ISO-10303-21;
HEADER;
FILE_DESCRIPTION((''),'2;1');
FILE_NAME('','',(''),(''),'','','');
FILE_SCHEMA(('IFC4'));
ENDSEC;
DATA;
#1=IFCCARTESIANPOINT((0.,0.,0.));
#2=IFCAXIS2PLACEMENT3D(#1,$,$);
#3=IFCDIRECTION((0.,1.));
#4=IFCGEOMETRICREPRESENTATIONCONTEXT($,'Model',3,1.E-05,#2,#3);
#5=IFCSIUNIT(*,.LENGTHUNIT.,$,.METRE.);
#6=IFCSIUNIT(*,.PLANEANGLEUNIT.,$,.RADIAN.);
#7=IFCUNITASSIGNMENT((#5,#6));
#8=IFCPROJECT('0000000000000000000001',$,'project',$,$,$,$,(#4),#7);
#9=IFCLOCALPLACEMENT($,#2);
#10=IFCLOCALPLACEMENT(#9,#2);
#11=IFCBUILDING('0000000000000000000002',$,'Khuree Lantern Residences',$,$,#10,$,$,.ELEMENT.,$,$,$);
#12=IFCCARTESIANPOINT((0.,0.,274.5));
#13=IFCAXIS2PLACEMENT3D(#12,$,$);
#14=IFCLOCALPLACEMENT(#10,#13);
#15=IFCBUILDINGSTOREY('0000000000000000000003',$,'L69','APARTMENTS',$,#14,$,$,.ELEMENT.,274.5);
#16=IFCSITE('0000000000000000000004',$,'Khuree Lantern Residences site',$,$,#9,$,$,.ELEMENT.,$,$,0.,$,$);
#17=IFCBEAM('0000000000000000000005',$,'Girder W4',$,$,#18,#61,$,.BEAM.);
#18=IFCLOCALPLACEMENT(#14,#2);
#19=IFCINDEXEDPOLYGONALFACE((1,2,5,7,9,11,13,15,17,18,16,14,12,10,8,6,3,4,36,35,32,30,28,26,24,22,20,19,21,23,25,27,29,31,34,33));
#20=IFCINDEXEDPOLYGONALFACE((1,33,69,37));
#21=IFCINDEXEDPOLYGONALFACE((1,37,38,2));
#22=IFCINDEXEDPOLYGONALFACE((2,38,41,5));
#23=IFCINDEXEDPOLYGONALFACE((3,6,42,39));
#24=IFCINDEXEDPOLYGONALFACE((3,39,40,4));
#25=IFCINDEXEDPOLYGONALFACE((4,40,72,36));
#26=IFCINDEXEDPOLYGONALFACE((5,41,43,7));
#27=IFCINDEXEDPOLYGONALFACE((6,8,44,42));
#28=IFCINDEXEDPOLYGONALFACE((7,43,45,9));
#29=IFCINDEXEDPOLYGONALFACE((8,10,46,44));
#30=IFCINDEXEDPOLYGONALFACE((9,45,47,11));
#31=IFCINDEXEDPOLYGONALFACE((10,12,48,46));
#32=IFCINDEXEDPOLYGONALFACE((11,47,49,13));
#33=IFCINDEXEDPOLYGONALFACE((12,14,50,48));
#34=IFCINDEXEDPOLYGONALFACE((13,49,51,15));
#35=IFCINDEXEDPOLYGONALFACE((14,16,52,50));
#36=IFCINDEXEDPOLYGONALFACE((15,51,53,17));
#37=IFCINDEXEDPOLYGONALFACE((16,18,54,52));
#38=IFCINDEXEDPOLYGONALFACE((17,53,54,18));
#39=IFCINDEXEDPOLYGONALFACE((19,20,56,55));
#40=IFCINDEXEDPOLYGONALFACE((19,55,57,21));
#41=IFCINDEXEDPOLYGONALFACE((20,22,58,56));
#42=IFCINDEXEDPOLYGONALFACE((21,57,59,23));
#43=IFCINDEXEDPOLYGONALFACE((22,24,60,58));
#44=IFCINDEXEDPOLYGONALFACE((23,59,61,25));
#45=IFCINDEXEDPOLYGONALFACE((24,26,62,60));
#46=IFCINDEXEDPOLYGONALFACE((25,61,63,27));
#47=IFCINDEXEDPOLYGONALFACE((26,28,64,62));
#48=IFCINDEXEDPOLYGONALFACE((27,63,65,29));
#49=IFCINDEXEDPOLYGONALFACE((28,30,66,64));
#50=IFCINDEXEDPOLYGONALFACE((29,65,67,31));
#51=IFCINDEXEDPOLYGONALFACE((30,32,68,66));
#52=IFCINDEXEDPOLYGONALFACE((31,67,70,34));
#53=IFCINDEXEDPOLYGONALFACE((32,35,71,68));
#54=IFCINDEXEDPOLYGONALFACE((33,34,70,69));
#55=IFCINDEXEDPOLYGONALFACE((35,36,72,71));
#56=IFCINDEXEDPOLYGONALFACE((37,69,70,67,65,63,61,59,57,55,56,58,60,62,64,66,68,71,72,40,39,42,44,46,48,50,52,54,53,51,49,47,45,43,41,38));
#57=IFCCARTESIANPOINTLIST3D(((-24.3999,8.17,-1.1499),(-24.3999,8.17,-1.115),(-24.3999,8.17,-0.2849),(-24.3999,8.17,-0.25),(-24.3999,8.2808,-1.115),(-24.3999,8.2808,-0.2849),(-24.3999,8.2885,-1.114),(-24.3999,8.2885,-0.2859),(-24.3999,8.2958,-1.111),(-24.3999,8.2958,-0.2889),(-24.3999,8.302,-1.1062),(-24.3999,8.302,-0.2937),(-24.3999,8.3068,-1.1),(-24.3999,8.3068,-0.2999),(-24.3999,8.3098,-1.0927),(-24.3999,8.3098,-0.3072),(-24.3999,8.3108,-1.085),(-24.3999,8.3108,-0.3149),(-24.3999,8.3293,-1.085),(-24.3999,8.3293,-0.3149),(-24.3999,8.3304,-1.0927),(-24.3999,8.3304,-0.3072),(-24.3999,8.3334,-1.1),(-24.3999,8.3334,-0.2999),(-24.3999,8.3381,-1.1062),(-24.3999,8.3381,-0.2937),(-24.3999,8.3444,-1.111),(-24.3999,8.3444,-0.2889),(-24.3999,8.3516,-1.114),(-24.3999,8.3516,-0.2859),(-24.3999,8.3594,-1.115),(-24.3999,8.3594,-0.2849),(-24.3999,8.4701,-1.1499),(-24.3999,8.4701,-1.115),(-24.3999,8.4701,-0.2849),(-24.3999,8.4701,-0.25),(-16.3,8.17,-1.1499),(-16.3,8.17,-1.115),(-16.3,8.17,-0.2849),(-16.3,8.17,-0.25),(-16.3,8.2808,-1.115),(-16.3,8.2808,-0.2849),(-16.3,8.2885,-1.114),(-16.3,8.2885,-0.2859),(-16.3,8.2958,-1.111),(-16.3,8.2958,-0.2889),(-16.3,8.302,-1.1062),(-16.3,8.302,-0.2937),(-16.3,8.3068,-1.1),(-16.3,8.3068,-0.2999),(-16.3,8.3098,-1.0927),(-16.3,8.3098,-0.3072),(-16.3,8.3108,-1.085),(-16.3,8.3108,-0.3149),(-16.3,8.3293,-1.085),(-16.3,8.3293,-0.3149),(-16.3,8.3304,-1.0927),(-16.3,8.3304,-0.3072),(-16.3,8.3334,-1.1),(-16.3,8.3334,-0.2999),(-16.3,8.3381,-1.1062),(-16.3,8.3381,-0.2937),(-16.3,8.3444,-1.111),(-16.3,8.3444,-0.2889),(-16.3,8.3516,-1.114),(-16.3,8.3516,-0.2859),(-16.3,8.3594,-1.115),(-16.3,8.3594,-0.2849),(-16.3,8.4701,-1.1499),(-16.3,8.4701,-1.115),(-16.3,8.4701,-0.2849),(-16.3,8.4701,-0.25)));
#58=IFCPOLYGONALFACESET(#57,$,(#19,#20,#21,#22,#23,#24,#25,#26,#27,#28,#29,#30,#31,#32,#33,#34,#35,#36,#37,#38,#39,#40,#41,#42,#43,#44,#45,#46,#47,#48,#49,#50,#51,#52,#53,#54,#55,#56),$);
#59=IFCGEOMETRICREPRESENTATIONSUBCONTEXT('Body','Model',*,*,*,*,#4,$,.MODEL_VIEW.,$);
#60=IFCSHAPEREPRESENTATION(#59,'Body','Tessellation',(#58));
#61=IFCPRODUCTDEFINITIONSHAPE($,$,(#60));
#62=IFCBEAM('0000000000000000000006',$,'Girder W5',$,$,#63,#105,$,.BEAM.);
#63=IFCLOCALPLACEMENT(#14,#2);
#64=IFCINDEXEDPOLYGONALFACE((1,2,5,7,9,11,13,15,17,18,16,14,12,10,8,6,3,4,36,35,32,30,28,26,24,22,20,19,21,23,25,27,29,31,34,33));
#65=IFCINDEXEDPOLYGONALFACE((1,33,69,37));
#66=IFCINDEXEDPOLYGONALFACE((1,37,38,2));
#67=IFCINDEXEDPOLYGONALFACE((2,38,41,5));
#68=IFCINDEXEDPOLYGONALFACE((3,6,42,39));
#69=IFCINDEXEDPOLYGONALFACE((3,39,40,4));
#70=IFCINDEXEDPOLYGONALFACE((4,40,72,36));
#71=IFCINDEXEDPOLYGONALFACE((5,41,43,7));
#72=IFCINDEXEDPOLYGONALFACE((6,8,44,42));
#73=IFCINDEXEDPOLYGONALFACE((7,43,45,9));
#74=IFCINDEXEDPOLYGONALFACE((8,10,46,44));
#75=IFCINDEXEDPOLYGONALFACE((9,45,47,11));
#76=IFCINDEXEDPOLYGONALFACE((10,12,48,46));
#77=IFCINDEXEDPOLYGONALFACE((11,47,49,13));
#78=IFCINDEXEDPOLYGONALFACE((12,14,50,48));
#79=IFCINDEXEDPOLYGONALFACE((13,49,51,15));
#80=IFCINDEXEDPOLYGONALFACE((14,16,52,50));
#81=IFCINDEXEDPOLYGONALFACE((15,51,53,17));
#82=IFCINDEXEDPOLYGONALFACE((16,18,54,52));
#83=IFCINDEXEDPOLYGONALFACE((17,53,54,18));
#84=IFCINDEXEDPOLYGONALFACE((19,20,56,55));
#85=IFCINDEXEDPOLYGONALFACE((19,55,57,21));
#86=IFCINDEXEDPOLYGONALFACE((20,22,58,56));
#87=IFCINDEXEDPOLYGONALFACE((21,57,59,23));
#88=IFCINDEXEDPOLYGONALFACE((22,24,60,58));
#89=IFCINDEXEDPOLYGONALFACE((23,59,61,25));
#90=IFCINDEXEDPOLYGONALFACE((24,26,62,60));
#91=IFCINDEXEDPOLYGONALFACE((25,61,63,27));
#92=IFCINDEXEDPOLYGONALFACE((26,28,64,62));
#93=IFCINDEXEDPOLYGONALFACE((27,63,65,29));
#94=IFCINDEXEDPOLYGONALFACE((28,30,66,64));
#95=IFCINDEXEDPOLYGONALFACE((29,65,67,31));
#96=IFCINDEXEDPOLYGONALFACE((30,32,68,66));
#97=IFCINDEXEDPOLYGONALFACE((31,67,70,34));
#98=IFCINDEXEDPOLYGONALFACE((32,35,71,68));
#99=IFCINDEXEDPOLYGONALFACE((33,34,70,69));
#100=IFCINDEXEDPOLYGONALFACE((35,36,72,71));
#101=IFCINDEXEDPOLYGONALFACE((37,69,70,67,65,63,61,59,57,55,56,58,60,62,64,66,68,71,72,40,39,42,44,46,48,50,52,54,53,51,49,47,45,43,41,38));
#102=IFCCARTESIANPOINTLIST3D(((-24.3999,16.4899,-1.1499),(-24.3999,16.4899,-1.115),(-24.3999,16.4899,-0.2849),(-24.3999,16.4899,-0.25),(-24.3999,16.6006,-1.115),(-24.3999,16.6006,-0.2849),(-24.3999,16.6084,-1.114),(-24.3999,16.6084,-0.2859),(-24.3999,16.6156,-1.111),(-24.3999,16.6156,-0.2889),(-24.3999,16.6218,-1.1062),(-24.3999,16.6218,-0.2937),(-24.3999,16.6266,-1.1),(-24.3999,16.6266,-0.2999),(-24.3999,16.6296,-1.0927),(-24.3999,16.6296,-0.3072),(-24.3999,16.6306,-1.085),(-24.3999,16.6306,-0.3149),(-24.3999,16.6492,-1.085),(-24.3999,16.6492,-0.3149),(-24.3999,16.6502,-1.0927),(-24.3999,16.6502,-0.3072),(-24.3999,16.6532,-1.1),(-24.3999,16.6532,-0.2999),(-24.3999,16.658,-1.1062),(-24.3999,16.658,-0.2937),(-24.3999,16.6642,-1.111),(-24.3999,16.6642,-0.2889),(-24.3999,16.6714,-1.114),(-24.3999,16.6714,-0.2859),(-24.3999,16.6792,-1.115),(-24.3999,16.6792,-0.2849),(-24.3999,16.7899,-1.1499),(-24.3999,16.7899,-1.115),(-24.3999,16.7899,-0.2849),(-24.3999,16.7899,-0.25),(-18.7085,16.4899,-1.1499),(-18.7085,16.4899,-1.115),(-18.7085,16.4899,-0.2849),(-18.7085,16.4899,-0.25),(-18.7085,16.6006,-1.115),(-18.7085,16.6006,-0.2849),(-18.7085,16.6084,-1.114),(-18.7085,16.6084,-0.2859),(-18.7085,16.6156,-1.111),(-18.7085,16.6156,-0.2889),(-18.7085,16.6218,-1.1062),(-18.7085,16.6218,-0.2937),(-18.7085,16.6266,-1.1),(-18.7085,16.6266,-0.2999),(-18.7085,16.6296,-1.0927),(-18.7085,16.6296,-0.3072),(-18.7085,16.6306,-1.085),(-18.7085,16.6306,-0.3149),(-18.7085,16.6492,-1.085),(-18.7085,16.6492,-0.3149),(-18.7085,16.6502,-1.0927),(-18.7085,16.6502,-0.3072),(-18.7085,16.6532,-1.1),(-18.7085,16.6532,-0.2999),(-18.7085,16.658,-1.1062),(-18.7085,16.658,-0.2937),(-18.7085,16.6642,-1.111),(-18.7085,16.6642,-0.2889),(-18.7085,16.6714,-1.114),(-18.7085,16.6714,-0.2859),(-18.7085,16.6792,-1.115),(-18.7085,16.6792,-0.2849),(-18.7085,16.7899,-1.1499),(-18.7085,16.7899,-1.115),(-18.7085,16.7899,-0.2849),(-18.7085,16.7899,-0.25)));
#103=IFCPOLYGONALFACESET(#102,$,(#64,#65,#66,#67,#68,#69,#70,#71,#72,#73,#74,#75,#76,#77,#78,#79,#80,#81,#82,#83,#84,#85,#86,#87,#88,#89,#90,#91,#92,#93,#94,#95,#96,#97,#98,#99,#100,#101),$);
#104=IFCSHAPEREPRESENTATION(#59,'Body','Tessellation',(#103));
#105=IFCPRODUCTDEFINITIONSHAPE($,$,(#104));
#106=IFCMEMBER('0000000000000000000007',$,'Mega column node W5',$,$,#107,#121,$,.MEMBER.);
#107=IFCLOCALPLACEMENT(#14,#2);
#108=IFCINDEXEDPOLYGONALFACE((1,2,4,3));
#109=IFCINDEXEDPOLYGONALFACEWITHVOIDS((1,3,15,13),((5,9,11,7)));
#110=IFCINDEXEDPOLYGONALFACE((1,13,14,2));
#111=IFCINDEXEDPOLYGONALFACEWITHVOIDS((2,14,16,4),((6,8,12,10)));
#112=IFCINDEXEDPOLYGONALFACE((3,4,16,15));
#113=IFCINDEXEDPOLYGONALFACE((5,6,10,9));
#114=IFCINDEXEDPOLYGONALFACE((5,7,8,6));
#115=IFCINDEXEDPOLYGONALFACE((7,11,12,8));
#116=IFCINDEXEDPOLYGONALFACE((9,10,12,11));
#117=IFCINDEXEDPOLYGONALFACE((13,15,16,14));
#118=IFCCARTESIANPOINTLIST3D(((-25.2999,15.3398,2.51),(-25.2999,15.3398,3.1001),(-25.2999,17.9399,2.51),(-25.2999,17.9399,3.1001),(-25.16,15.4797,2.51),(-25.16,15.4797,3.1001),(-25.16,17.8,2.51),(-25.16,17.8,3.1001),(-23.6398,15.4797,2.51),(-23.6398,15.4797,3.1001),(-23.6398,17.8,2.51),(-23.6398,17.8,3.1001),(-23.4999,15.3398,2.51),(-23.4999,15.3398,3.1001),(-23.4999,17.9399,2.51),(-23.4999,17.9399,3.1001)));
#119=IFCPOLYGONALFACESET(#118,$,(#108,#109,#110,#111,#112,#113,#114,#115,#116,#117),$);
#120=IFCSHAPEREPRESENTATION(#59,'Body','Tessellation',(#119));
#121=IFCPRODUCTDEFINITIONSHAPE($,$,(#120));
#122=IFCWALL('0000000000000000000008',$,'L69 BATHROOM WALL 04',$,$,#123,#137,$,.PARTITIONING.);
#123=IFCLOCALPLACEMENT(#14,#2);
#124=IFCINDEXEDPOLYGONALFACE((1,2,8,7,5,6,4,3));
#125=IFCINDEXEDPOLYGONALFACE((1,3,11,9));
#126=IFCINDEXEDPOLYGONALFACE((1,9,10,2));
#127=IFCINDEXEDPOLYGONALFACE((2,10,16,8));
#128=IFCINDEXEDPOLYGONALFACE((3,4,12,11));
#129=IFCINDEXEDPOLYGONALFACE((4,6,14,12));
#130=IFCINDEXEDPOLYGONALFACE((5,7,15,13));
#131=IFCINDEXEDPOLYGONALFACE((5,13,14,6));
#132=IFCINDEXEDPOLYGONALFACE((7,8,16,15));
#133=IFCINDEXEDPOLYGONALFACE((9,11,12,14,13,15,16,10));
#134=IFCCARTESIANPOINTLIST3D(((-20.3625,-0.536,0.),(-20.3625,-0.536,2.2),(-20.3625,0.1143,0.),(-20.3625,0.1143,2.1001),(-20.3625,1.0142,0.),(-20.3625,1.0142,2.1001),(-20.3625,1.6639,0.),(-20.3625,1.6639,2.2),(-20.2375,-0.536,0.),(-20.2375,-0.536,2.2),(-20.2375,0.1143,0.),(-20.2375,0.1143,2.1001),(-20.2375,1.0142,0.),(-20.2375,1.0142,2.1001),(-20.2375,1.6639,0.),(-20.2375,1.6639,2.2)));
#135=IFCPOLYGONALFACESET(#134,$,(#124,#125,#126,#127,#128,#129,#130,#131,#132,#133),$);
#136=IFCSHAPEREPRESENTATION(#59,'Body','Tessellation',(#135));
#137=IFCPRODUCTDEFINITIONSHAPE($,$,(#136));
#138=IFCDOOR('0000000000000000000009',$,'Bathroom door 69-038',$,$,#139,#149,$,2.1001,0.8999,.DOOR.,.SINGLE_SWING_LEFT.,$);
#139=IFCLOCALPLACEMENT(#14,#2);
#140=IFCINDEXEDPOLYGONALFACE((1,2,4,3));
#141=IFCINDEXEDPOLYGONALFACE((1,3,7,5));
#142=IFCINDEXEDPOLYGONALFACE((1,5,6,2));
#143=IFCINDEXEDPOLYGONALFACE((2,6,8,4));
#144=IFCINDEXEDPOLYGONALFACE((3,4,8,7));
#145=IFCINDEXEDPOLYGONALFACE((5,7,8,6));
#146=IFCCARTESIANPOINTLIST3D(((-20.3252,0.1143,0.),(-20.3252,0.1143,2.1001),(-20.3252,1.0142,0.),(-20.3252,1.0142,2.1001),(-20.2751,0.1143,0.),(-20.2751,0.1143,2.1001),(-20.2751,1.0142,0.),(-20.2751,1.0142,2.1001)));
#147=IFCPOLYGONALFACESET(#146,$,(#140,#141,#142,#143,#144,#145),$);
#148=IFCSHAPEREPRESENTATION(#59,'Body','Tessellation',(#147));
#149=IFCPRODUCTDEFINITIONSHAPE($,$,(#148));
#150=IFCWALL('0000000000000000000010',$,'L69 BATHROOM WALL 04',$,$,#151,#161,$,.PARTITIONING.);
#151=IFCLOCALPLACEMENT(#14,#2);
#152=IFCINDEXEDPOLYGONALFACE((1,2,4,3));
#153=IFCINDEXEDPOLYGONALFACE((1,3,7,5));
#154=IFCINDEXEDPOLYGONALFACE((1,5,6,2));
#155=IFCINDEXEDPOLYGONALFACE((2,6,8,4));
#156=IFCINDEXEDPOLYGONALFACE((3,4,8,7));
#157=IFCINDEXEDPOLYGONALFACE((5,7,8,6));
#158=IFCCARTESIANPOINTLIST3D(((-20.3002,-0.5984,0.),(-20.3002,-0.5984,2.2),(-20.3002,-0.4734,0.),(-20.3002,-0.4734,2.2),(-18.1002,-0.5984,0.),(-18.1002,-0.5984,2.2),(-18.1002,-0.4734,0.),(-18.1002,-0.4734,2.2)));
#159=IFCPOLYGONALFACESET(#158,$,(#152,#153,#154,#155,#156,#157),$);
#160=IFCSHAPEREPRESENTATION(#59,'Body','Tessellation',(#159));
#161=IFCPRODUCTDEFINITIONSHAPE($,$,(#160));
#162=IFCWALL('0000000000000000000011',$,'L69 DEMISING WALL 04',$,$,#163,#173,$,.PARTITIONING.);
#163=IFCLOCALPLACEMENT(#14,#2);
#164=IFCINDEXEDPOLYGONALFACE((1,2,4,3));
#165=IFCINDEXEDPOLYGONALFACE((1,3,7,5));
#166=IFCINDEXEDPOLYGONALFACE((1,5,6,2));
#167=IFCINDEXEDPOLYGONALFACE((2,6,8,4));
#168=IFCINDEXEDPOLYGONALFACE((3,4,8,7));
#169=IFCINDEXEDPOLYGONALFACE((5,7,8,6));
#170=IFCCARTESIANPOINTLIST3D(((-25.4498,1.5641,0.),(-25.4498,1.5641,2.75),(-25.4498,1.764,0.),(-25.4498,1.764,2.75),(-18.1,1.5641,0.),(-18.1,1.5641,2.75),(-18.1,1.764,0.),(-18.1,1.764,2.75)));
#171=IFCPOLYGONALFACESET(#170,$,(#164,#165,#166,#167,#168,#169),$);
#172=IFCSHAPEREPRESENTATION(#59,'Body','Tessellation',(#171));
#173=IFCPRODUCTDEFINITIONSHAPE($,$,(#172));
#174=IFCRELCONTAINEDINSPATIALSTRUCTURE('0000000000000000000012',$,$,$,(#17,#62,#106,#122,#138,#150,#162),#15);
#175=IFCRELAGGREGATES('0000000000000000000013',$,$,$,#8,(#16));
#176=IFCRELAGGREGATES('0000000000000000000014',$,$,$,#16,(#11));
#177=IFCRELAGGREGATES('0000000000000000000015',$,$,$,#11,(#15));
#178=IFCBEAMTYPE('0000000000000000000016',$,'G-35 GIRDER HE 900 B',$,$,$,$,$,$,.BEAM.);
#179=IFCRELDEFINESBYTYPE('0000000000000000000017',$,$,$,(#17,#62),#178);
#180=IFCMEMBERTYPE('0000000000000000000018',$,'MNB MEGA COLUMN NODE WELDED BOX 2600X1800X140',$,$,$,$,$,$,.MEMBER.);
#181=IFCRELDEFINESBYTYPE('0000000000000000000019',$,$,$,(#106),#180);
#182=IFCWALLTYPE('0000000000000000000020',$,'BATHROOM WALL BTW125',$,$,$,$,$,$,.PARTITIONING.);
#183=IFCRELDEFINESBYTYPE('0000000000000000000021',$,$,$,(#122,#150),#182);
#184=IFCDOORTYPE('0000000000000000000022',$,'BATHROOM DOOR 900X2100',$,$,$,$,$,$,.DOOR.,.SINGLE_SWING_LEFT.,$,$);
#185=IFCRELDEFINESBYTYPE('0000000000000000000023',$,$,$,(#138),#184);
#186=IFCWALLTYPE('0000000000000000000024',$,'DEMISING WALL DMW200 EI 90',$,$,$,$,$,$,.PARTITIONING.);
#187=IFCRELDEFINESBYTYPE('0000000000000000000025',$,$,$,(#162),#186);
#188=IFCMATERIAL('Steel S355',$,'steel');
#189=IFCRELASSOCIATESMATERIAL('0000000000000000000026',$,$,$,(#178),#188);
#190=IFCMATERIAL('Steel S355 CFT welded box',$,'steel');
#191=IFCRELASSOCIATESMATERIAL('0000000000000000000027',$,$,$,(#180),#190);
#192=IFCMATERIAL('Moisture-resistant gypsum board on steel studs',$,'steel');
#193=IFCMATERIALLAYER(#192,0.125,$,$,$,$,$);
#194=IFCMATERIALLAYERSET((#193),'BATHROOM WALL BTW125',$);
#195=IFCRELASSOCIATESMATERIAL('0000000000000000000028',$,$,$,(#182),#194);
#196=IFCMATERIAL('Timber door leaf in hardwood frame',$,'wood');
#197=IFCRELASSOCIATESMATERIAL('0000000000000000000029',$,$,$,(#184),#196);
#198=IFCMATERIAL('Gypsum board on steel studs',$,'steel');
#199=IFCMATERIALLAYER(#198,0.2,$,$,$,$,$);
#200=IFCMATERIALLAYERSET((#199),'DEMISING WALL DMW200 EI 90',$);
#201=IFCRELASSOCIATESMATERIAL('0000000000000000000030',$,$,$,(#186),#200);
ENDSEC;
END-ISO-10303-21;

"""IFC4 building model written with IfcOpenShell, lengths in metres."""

from ifc_helpers import new_model, si_unit, direction, frame, frame_2d, origin, origin_2d, place, context, subcontext, project, spatial, rectangle, hollow_rectangle, i_section, extrude, material, layer, layer_set, material_profile, profile_set, type_object, element, fill, save


model = new_model("IFC4")

# Units and contexts
model_context = context("Model", 3, precision=1e-05, world=origin(), true_north=direction((0.0, 1.0)))
body_context = subcontext(model_context, "Body", "Model", "MODEL_VIEW")
ifc_project = project(units=[si_unit("LENGTHUNIT", "METRE"), si_unit("PLANEANGLEUNIT", "RADIAN")], contexts=[model_context])

# Site, building, storey
site_placement = place(None, origin())
site = spatial("IfcSite", under=ifc_project, at=site_placement, Name="Khuree Lantern Residences site", CompositionType="ELEMENT", RefElevation=0.0)
building_placement = place(site_placement, origin())
building = spatial("IfcBuilding", under=site, at=building_placement, Name="Khuree Lantern Residences", CompositionType="ELEMENT")
storey_placement = place(building_placement, frame((0.0, 0.0, 274.5)))
storey = spatial("IfcBuildingStorey", under=building, at=storey_placement, Name="L69", Description="APARTMENTS", CompositionType="ELEMENT", Elevation=274.5)

# Shared definitions
ifc_material_1 = material(Name="Steel S355 CFT welded box", Category="steel")

# Beams
ifc_material_2 = material(Name="Steel S355", Category="steel")
ifc_material_profile_1 = material_profile(ifc_material_2, i_section(OverallWidth=0.3, OverallDepth=0.8999, WebThickness=0.0186, FlangeThickness=0.0349, FilletRadius=0.03, at=origin_2d()), Name="HE 900 B")
ifc_profile_set_1 = profile_set([ifc_material_profile_1], Name="Steel S355")
beam_type_1 = type_object("IfcBeamType", Name="G-35 GIRDER HE 900 B", PredefinedType="BEAM", material=ifc_profile_set_1)
beam_1_placement = place(storey_placement, frame((-24.3999, 8.3201, -0.7), z_axis=(1.0, 0.0, 0.0), x_axis=(0.0, 1.0, 0.0)))
element("IfcBeam", 1, at=beam_1_placement, inside=storey, type_object=beam_type_1, Name="Girder W4", PredefinedType="BEAM", context=body_context, shape_type="SweptSolid", body=[
    extrude(i_section(OverallWidth=0.3, OverallDepth=0.8999, WebThickness=0.0186, FlangeThickness=0.0349, FilletRadius=0.03, at=origin_2d()), origin(), (0.0, 0.0, 1.0), 8.0999),
])
beam_2_placement = place(storey_placement, frame((-24.3999, 16.6399, -0.7), z_axis=(1.0, 0.0, 0.0), x_axis=(0.0, 1.0, 0.0)))
element("IfcBeam", 2, at=beam_2_placement, inside=storey, type_object=beam_type_1, Name="Girder W5", PredefinedType="BEAM", context=body_context, shape_type="SweptSolid", body=[
    extrude(i_section(OverallWidth=0.3, OverallDepth=0.8999, WebThickness=0.0186, FlangeThickness=0.0349, FilletRadius=0.03, at=origin_2d()), origin(), (0.0, 0.0, 1.0), 5.6914),
])

# Member
ifc_material_profile_2 = material_profile(ifc_material_1, hollow_rectangle(XDim=2.6001, YDim=1.8, WallThickness=0.1399, at=origin_2d()), Name="WELDED BOX 2600X1800X140")
ifc_profile_set_2 = profile_set([ifc_material_profile_2], Name="Steel S355 CFT welded box")
member_type = type_object("IfcMemberType", Name="MNB MEGA COLUMN NODE WELDED BOX 2600X1800X140", PredefinedType="MEMBER", material=ifc_profile_set_2)
member_placement = place(storey_placement, frame((-24.3999, 16.6399, 2.51), z_axis=(0.0, 0.0, 1.0), x_axis=(0.0, 1.0, 0.0)))
element("IfcMember", 3, at=member_placement, inside=storey, type_object=member_type, Name="Mega column node W5", PredefinedType="MEMBER", context=body_context, shape_type="SweptSolid", body=[
    extrude(hollow_rectangle(XDim=2.6001, YDim=1.8, WallThickness=0.1399, at=origin_2d()), origin(), (0.0, 0.0, 1.0), 0.5901),
])

# Wall, opening, door
ifc_material_3 = material(Name="Moisture-resistant gypsum board on steel studs", Category="steel")
ifc_layer_1 = layer(ifc_material_3, 0.125)
ifc_layer_set_1 = layer_set([ifc_layer_1], Name="BATHROOM WALL BTW125")
wall_type_1 = type_object("IfcWallType", Name="BATHROOM WALL BTW125", PredefinedType="PARTITIONING", material=ifc_layer_set_1)
wall_1_placement = place(storey_placement, frame((-20.3, 1.6641, 0.0), z_axis=(0.0, 0.0, 1.0), x_axis=(0.0, -1.0, 0.0)))
wall_1 = element("IfcWall", 4, at=wall_1_placement, inside=storey, type_object=wall_type_1, Name="L69 BATHROOM WALL 04", PredefinedType="PARTITIONING", context=body_context, shape_type="SweptSolid", body=[
    extrude(rectangle(XDim=2.2, YDim=0.125, at=frame_2d((1.1001, 0.0))), origin(), (0.0, 0.0, 1.0), 2.2),
])
opening_1_placement = place(wall_1_placement, frame((0.6499, 0.0, 0.0)))
opening_1 = element("IfcOpeningElement", 5, at=opening_1_placement, cuts=wall_1, PredefinedType="OPENING", context=body_context, shape_type="SweptSolid", body=[
    extrude(rectangle(XDim=0.8999, YDim=2.1001, at=frame_2d((0.45, 1.05))), frame((0.0, 0.0725, 0.0), z_axis=(0.0, -1.0, 0.0), x_axis=(1.0, 0.0, 0.0)), (0.0, 0.0, 1.0), 0.145),
])
ifc_material_4 = material(Name="Timber door leaf in hardwood frame", Category="wood")
door_type_1 = type_object("IfcDoorType", Name="BATHROOM DOOR 900X2100", OperationType="SINGLE_SWING_LEFT", PredefinedType="DOOR", material=ifc_material_4)
door_1_placement = place(opening_1_placement, origin())
door_1 = element("IfcDoor", 6, at=door_1_placement, inside=storey, type_object=door_type_1, Name="Bathroom door 69-038", OperationType="SINGLE_SWING_LEFT", OverallHeight=2.1001, OverallWidth=0.8999, PredefinedType="DOOR", context=body_context, shape_type="SweptSolid", body=[
    extrude(rectangle(XDim=0.8999, YDim=2.1001, at=frame_2d((0.45, 1.05))), frame((0.0, 0.0249, 0.0), z_axis=(0.0, -1.0, 0.0), x_axis=(1.0, 0.0, 0.0)), (0.0, 0.0, 1.0), 0.05),
])
fill(opening_1, door_1)

# Walls
wall_2_placement = place(storey_placement, frame((-18.1001, -0.5359, 0.0), z_axis=(0.0, 0.0, 1.0), x_axis=(-1.0, 0.0, 0.0)))
element("IfcWall", 7, at=wall_2_placement, inside=storey, type_object=wall_type_1, Name="L69 BATHROOM WALL 04", PredefinedType="PARTITIONING", context=body_context, shape_type="SweptSolid", body=[
    extrude(rectangle(XDim=2.2, YDim=0.125, at=frame_2d((1.1001, 0.0))), origin(), (0.0, 0.0, 1.0), 2.2),
])
ifc_material_5 = material(Name="Gypsum board on steel studs", Category="steel")
ifc_layer_2 = layer(ifc_material_5, 0.2)
ifc_layer_set_2 = layer_set([ifc_layer_2], Name="DEMISING WALL DMW200 EI 90")
wall_type_2 = type_object("IfcWallType", Name="DEMISING WALL DMW200 EI 90", PredefinedType="PARTITIONING", material=ifc_layer_set_2)
wall_3_placement = place(storey_placement, frame((-18.1001, 1.6641, 0.0), z_axis=(0.0, 0.0, 1.0), x_axis=(-1.0, 0.0, 0.0)))
element("IfcWall", 8, at=wall_3_placement, inside=storey, type_object=wall_type_2, Name="L69 DEMISING WALL 04", PredefinedType="PARTITIONING", context=body_context, shape_type="SweptSolid", body=[
    extrude(rectangle(XDim=7.3499, YDim=0.2, at=frame_2d((3.6748, 0.0))), origin(), (0.0, 0.0, 1.0), 2.75),
])

save(model, "model.ifc")
